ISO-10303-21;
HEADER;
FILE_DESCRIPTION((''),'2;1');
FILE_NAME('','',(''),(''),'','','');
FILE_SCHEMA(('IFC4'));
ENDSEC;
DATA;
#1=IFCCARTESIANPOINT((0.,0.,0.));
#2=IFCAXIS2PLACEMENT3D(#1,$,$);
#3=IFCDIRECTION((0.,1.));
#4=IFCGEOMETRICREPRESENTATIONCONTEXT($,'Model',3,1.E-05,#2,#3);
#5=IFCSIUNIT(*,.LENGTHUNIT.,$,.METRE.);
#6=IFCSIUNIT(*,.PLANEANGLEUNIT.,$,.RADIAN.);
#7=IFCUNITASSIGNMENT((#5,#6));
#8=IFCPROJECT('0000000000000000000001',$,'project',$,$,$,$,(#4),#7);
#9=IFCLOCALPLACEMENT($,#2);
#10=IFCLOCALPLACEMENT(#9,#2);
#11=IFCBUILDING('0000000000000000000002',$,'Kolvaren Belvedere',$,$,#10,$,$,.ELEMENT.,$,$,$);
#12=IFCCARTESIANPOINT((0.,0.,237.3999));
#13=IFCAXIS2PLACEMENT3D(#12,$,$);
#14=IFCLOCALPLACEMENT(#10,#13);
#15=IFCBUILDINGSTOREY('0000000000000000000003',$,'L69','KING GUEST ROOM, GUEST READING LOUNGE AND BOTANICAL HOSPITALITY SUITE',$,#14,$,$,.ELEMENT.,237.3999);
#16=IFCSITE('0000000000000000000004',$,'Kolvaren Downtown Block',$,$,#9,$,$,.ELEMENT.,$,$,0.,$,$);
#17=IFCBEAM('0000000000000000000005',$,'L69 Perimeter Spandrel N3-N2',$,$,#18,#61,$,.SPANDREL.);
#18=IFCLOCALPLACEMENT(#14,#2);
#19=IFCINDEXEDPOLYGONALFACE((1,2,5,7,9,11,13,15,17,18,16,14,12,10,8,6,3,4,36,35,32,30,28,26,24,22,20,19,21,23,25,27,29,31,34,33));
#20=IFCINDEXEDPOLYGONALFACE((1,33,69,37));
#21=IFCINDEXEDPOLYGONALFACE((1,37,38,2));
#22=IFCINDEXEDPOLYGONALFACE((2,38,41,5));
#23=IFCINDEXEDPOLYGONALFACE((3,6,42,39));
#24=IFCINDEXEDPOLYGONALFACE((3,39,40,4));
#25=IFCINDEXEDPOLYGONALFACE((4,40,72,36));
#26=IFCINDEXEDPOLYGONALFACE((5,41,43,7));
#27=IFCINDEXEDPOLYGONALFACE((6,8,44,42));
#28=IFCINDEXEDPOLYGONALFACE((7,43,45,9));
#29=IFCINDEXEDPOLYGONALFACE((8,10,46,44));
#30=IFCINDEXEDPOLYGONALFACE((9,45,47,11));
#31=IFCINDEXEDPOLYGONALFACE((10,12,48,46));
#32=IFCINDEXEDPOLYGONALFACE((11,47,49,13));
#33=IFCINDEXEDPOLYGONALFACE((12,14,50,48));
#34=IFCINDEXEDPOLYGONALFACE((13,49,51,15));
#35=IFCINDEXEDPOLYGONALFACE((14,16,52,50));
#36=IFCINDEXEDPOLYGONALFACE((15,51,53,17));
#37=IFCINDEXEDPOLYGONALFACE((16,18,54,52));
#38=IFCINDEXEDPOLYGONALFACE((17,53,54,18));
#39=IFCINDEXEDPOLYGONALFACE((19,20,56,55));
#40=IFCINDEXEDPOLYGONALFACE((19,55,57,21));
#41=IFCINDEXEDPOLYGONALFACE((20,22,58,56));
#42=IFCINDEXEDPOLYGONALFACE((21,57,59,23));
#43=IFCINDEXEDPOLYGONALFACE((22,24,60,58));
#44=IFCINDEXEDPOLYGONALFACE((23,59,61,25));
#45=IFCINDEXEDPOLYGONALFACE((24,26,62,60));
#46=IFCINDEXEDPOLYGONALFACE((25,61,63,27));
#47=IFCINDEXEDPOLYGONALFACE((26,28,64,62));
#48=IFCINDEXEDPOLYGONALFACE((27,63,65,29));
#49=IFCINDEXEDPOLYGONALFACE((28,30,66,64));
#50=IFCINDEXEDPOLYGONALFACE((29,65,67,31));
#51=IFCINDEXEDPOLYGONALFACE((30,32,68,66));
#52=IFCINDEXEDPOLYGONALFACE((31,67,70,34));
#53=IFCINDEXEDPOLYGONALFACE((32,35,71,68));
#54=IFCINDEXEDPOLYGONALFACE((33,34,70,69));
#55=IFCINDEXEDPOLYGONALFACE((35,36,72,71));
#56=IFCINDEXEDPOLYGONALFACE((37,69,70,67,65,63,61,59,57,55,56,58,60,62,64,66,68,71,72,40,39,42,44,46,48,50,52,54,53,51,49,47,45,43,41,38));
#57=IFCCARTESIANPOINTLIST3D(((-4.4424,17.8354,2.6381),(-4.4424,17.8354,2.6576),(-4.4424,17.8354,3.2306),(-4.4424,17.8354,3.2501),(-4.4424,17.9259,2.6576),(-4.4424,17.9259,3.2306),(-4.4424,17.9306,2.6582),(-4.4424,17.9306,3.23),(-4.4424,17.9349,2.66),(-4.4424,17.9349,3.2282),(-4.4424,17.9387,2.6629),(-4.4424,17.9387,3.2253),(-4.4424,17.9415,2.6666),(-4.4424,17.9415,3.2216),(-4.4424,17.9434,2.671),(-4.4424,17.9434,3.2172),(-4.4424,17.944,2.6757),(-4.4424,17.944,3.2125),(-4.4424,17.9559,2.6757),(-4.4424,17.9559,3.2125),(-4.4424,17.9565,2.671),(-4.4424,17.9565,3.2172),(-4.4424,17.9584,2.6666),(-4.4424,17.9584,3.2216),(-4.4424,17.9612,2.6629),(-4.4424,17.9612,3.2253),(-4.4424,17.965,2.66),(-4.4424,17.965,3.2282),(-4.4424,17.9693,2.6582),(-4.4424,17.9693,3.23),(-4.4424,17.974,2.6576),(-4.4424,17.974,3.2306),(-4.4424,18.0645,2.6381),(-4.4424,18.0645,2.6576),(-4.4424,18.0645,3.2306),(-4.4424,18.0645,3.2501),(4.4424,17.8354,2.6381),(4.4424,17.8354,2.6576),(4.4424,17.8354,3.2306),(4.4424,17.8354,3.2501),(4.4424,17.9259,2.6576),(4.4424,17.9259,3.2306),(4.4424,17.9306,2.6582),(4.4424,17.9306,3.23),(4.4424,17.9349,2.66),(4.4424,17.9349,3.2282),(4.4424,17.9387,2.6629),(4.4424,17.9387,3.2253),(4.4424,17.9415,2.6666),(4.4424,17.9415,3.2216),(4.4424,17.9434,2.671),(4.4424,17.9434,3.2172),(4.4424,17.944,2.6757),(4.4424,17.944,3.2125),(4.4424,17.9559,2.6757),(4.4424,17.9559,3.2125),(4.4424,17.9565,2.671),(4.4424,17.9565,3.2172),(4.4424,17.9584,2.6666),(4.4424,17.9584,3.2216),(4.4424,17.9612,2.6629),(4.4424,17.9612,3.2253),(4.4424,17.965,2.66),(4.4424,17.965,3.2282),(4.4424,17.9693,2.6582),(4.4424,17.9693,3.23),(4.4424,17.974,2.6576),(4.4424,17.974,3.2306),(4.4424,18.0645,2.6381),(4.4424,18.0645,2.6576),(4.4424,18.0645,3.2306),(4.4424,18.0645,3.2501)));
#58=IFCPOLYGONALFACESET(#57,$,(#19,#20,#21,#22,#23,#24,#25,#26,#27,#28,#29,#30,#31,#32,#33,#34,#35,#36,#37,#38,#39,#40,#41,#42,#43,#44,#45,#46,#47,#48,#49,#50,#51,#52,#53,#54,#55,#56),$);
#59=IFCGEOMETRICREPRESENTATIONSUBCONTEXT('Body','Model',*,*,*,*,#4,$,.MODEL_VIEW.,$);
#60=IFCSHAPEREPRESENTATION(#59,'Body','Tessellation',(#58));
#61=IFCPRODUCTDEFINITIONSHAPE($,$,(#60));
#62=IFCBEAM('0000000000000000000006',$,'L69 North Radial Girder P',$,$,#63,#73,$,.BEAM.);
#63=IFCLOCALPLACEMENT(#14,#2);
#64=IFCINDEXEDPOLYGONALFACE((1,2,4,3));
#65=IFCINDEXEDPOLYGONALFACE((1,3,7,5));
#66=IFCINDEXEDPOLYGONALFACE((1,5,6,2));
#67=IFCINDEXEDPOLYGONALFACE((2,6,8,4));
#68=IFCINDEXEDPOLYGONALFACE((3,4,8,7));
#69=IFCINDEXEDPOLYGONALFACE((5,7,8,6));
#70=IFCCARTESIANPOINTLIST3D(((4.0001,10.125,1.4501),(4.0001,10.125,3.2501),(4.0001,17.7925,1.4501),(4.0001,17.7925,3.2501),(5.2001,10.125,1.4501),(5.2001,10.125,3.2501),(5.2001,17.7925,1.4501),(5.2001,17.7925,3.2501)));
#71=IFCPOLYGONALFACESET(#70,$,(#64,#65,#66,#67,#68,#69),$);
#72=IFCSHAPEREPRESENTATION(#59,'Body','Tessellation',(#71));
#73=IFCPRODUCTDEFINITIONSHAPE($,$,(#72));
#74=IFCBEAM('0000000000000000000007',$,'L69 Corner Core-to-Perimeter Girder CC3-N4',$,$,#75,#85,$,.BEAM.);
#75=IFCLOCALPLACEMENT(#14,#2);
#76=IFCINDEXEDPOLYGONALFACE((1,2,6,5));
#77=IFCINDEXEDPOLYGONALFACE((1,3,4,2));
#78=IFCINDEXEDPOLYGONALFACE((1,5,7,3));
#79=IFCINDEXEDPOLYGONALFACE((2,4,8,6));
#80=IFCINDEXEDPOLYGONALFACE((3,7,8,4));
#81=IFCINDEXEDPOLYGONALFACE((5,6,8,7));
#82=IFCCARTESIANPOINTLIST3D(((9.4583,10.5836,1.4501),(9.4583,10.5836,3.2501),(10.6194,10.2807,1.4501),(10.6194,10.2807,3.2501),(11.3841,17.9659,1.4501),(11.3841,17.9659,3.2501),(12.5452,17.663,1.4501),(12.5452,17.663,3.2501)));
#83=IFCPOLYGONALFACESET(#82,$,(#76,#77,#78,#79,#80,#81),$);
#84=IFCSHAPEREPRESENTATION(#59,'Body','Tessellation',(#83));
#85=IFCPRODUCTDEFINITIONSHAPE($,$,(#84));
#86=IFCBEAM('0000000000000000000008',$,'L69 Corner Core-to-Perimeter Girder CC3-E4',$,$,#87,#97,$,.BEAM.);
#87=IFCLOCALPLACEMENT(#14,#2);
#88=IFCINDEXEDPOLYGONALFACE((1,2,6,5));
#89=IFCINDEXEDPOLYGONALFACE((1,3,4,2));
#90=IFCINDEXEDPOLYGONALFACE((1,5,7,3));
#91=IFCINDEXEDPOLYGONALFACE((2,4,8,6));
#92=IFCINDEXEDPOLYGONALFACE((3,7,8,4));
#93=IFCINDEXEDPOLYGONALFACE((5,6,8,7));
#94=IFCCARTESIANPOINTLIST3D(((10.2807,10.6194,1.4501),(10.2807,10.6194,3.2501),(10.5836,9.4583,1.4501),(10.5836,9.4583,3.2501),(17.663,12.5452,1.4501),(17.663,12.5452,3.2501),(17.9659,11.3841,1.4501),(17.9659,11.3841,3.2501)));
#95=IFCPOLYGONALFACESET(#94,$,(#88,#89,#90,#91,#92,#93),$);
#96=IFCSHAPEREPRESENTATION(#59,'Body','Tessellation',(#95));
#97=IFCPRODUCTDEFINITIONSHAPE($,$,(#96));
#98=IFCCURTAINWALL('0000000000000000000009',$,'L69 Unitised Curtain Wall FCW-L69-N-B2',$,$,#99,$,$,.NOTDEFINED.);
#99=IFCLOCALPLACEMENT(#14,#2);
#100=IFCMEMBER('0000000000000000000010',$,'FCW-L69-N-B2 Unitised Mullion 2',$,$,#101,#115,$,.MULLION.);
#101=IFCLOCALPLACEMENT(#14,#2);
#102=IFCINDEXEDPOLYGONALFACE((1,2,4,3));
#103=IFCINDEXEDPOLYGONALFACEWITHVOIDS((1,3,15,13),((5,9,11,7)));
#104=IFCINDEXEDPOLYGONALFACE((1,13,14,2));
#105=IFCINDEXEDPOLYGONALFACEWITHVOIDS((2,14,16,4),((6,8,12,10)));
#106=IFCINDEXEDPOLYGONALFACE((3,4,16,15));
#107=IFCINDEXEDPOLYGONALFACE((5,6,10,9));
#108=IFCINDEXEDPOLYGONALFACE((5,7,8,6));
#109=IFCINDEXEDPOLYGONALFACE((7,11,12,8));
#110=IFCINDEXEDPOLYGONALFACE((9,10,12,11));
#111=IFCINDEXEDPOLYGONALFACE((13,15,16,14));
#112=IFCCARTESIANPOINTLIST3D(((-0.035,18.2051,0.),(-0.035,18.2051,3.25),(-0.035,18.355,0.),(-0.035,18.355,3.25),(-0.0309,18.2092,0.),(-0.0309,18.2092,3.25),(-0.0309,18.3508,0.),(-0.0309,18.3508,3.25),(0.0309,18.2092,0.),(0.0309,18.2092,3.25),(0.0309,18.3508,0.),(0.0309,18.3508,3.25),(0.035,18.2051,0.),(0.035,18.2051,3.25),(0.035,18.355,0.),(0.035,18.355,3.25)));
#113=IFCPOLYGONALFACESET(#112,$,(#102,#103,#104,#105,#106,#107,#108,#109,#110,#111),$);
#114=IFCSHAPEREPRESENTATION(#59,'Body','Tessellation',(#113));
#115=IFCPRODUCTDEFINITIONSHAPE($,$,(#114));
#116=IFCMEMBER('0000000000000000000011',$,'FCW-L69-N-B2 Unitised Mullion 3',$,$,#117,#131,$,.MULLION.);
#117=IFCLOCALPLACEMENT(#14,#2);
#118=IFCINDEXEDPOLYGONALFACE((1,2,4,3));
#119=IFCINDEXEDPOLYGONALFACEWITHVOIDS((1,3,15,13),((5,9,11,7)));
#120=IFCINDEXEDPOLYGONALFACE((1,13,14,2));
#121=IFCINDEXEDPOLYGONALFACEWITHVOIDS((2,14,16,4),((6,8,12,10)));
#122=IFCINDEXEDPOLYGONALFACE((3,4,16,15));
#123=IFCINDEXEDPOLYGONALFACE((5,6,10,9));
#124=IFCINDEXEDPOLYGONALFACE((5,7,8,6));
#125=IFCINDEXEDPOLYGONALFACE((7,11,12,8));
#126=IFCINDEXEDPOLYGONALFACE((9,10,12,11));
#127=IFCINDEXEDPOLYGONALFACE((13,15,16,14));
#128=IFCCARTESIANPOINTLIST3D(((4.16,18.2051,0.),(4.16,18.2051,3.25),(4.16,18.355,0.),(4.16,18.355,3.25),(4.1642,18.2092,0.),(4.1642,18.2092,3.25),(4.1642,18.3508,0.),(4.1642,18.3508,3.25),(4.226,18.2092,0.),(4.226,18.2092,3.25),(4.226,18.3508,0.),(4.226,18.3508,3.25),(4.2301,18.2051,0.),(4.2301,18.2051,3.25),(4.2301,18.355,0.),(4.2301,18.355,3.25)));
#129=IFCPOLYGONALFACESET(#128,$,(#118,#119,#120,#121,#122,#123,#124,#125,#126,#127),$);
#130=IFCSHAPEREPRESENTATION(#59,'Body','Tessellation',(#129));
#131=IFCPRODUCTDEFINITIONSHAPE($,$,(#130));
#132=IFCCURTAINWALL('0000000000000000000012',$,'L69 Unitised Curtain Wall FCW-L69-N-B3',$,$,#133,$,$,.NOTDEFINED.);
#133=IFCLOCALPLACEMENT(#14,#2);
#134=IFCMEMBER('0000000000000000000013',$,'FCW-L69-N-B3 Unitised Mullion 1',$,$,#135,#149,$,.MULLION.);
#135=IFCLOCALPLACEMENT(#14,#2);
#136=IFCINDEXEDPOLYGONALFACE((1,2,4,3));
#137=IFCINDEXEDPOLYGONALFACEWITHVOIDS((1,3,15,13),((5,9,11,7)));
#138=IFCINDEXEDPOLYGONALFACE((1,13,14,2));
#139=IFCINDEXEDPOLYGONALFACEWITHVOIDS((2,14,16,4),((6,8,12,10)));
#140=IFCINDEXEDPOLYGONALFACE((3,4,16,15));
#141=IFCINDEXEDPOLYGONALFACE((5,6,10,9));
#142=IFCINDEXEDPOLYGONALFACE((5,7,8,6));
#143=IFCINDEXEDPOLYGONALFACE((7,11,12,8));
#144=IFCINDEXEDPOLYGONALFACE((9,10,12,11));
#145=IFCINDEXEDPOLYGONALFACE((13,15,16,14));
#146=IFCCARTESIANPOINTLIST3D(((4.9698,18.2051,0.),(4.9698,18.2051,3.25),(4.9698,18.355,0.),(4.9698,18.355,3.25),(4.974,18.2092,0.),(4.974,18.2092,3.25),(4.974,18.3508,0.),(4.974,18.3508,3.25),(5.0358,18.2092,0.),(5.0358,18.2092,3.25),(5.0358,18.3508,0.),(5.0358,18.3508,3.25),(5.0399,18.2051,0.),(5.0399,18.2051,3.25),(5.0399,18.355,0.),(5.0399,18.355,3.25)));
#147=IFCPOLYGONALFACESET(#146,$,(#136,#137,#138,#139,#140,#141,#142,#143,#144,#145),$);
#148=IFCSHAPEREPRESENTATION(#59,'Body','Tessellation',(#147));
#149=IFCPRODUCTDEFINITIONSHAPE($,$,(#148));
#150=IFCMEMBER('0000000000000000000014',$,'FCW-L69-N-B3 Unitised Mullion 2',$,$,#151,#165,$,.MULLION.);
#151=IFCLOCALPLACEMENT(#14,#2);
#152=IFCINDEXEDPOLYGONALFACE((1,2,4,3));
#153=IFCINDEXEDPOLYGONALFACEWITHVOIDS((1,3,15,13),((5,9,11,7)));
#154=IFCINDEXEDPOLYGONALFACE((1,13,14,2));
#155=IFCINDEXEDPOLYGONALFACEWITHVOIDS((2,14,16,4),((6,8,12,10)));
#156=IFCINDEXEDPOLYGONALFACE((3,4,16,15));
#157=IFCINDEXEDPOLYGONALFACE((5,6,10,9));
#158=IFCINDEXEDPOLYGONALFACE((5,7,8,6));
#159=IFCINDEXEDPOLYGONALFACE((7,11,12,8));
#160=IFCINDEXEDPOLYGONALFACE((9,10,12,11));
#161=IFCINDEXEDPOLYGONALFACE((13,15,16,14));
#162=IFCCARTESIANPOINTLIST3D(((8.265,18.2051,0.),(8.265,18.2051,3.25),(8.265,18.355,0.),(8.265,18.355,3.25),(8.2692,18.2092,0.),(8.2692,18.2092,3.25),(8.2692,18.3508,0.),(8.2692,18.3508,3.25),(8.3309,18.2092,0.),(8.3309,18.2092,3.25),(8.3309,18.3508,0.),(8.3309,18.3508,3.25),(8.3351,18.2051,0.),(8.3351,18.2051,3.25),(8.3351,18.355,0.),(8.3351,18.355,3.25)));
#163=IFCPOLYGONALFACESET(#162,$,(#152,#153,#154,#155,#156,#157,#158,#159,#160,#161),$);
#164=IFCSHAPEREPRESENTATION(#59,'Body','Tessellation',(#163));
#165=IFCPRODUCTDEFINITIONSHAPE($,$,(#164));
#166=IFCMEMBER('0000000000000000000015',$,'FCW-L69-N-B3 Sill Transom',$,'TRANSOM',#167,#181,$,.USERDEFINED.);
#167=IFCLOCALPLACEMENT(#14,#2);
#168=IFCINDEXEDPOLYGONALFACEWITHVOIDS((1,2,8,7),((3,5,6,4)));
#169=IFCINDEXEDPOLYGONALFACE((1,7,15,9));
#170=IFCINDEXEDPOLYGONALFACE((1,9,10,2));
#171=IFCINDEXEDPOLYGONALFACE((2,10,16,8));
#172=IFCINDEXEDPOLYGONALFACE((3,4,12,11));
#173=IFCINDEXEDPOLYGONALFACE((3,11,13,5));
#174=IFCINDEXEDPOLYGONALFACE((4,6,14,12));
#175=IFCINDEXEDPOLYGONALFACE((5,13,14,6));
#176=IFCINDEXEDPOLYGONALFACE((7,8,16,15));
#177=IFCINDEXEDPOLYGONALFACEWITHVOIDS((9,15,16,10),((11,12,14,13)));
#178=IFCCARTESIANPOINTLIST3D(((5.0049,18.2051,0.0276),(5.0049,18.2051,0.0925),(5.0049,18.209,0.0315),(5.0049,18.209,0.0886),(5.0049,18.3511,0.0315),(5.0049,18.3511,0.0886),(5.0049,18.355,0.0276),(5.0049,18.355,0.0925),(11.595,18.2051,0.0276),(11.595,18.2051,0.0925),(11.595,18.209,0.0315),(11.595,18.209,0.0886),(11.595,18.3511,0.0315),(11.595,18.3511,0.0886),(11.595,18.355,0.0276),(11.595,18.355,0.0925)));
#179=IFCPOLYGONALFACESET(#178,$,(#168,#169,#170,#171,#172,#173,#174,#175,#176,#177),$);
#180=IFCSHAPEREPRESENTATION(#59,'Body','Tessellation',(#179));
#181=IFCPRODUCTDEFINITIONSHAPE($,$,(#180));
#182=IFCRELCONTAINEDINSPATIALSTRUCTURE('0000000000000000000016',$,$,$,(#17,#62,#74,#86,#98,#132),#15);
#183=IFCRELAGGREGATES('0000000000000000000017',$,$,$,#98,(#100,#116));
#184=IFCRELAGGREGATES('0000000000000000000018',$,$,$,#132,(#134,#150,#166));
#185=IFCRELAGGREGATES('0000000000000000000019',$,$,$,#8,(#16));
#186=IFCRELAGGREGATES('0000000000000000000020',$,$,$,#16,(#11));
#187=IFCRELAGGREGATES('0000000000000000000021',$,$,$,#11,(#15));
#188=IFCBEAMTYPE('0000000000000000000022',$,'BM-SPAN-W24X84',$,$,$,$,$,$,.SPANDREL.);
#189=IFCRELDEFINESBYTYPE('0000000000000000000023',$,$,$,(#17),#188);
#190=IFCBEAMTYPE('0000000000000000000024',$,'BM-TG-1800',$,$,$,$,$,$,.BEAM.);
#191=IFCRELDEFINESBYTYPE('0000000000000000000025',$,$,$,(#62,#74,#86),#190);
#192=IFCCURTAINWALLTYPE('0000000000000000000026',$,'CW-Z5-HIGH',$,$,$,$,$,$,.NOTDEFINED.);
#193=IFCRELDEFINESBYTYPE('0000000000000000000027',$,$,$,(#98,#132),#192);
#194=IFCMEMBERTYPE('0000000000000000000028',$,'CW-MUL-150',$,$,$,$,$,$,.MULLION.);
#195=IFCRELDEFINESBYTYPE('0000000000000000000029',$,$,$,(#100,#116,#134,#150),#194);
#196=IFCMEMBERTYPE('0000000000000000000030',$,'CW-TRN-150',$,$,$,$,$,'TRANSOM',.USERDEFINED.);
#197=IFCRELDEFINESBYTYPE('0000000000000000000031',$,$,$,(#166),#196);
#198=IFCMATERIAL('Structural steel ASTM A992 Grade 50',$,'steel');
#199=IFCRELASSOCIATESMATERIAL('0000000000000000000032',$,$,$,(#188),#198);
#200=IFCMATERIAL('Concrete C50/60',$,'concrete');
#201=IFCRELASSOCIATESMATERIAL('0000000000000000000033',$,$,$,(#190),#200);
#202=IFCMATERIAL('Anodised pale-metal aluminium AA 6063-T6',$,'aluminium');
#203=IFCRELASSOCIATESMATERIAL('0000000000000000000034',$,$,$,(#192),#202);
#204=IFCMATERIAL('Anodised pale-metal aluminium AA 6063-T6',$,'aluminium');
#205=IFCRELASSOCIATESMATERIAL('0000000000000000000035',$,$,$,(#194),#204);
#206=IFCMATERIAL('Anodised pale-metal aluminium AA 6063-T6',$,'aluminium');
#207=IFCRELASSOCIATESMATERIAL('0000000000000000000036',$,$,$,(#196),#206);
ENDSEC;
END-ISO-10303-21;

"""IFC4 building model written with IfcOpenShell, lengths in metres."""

from ifc_helpers import new_model, si_unit, direction, frame, origin, origin_2d, place, context, subcontext, project, spatial, rectangle, hollow_rectangle, i_section, extrude, material, material_profile, profile_set, type_object, element, aggregate, save


model = new_model("IFC4")

# Units and contexts
model_context = context("Model", 3, precision=1e-05, world=origin(), true_north=direction((0.0, 1.0)))
body_context = subcontext(model_context, "Body", "Model", "MODEL_VIEW")
ifc_project = project(units=[si_unit("LENGTHUNIT", "METRE"), si_unit("PLANEANGLEUNIT", "RADIAN")], contexts=[model_context])

# Site, building, storey
site_placement = place(None, origin())
site = spatial("IfcSite", under=ifc_project, at=site_placement, Name="Kolvaren Downtown Block", CompositionType="ELEMENT", RefElevation=0.0)
building_placement = place(site_placement, origin())
building = spatial("IfcBuilding", under=site, at=building_placement, Name="Kolvaren Belvedere", CompositionType="ELEMENT")
storey_placement = place(building_placement, frame((0.0, 0.0, 237.3999)))
storey = spatial("IfcBuildingStorey", under=building, at=storey_placement, Name="L69", Description="KING GUEST ROOM, GUEST READING LOUNGE AND BOTANICAL HOSPITALITY SUITE", CompositionType="ELEMENT", Elevation=237.3999)

# Beams
ifc_material_1 = material(Name="Structural steel ASTM A992 Grade 50", Category="steel")
ifc_material_profile_1 = material_profile(ifc_material_1, i_section(OverallWidth=0.229, OverallDepth=0.6121, WebThickness=0.012, FlangeThickness=0.0195, FilletRadius=0.0181, at=origin_2d()), Name="W24X84")
ifc_profile_set_1 = profile_set([ifc_material_profile_1], Name="Structural steel ASTM A992 Grade 50")
beam_type_1 = type_object("IfcBeamType", Name="BM-SPAN-W24X84", PredefinedType="SPANDREL", material=ifc_profile_set_1)
beam_1_placement = place(storey_placement, frame((4.4424, 17.95, 2.9441), z_axis=(-1.0, 0.0, 0.0), x_axis=(0.0, -1.0, 0.0)))
element("IfcBeam", 1, at=beam_1_placement, inside=storey, type_object=beam_type_1, Name="L69 Perimeter Spandrel N3-N2", PredefinedType="SPANDREL", context=body_context, shape_type="SweptSolid", body=[
    extrude(i_section(OverallWidth=0.229, OverallDepth=0.6121, WebThickness=0.012, FlangeThickness=0.0195, FilletRadius=0.0181, at=origin_2d()), origin(), (0.0, 0.0, 1.0), 8.8848),
])
ifc_material_2 = material(Name="Concrete C50/60", Category="concrete")
ifc_material_profile_2 = material_profile(ifc_material_2, rectangle(XDim=1.2, YDim=1.8, at=origin_2d()), Name="RC 1200X1800")
ifc_profile_set_2 = profile_set([ifc_material_profile_2], Name="Concrete C50/60")
beam_type_2 = type_object("IfcBeamType", Name="BM-TG-1800", PredefinedType="BEAM", material=ifc_profile_set_2)
beam_2_placement = place(storey_placement, frame((4.6001, 10.125, 2.3501), z_axis=(0.0, 1.0, 0.0), x_axis=(-1.0, 0.0, 0.0)))
element("IfcBeam", 2, at=beam_2_placement, inside=storey, type_object=beam_type_2, Name="L69 North Radial Girder P", PredefinedType="BEAM", context=body_context, shape_type="SweptSolid", body=[
    extrude(rectangle(XDim=1.2, YDim=1.8, at=origin_2d()), origin(), (0.0, 0.0, 1.0), 7.6675),
])
for number, where, z_axis, x_axis, name in (
    (3, (10.0388, 10.4321, 2.3501), (0.252417, 0.967619, 0.0), (-0.967619, 0.252417, 0.0), "L69 Corner Core-to-Perimeter Girder CC3-N4"),
    (4, (10.4321, 10.0388, 2.3501), (0.967619, 0.252417, 0.0), (-0.252417, 0.967619, 0.0), "L69 Corner Core-to-Perimeter Girder CC3-E4"),
):
    element("IfcBeam", number, at=place(storey_placement, frame(where, z_axis=z_axis, x_axis=x_axis)), inside=storey, type_object=beam_type_2, Name=name, PredefinedType="BEAM", context=body_context, shape_type="SweptSolid", body=[
        extrude(rectangle(XDim=1.2, YDim=1.8, at=origin_2d()), origin(), (0.0, 0.0, 1.0), 7.6294),
    ])

# Curtain walls, members
ifc_material_3 = material(Name="Anodised pale-metal aluminium AA 6063-T6", Category="aluminium")
curtain_wall_type = type_object("IfcCurtainWallType", Name="CW-Z5-HIGH", PredefinedType="NOTDEFINED", material=ifc_material_3)
curtain_wall_1_placement = place(storey_placement, origin())
curtain_wall_1 = element("IfcCurtainWall", 5, at=curtain_wall_1_placement, inside=storey, type_object=curtain_wall_type, Name="L69 Unitised Curtain Wall FCW-L69-N-B2", PredefinedType="NOTDEFINED")
ifc_material_4 = material(Name="Anodised pale-metal aluminium AA 6063-T6", Category="aluminium")
ifc_material_profile_3 = material_profile(ifc_material_4, hollow_rectangle(XDim=0.0701, YDim=0.1499, WallThickness=0.0042, at=origin_2d()), Name="ALU-MUL-150X70")
ifc_profile_set_3 = profile_set([ifc_material_profile_3], Name="Anodised pale-metal aluminium AA 6063-T6")
member_type_1 = type_object("IfcMemberType", Name="CW-MUL-150", PredefinedType="MULLION", material=ifc_profile_set_3)
member_1_placement = place(storey_placement, frame((0.0, 18.28, 0.0), z_axis=(0.0, 0.0, 1.0), x_axis=(1.0, 0.0, 0.0)))
member_1 = element("IfcMember", 6, at=member_1_placement, type_object=member_type_1, Name="FCW-L69-N-B2 Unitised Mullion 2", PredefinedType="MULLION", context=body_context, shape_type="SweptSolid", body=[
    extrude(hollow_rectangle(XDim=0.0701, YDim=0.1499, WallThickness=0.0042, at=origin_2d()), origin(), (0.0, 0.0, 1.0), 3.25),
])
member_2_placement = place(storey_placement, frame((4.1951, 18.28, 0.0), z_axis=(0.0, 0.0, 1.0), x_axis=(1.0, 0.0, 0.0)))
member_2 = element("IfcMember", 7, at=member_2_placement, type_object=member_type_1, Name="FCW-L69-N-B2 Unitised Mullion 3", PredefinedType="MULLION", context=body_context, shape_type="SweptSolid", body=[
    extrude(hollow_rectangle(XDim=0.0701, YDim=0.1499, WallThickness=0.0042, at=origin_2d()), origin(), (0.0, 0.0, 1.0), 3.25),
])
curtain_wall_2_placement = place(storey_placement, origin())
curtain_wall_2 = element("IfcCurtainWall", 8, at=curtain_wall_2_placement, inside=storey, type_object=curtain_wall_type, Name="L69 Unitised Curtain Wall FCW-L69-N-B3", PredefinedType="NOTDEFINED")
member_3_placement = place(storey_placement, frame((5.0049, 18.28, 0.0), z_axis=(0.0, 0.0, 1.0), x_axis=(1.0, 0.0, 0.0)))
member_3 = element("IfcMember", 9, at=member_3_placement, type_object=member_type_1, Name="FCW-L69-N-B3 Unitised Mullion 1", PredefinedType="MULLION", context=body_context, shape_type="SweptSolid", body=[
    extrude(hollow_rectangle(XDim=0.0701, YDim=0.1499, WallThickness=0.0042, at=origin_2d()), origin(), (0.0, 0.0, 1.0), 3.25),
])
member_4_placement = place(storey_placement, frame((8.3, 18.28, 0.0), z_axis=(0.0, 0.0, 1.0), x_axis=(1.0, 0.0, 0.0)))
member_4 = element("IfcMember", 10, at=member_4_placement, type_object=member_type_1, Name="FCW-L69-N-B3 Unitised Mullion 2", PredefinedType="MULLION", context=body_context, shape_type="SweptSolid", body=[
    extrude(hollow_rectangle(XDim=0.0701, YDim=0.1499, WallThickness=0.0042, at=origin_2d()), origin(), (0.0, 0.0, 1.0), 3.25),
])
ifc_material_5 = material(Name="Anodised pale-metal aluminium AA 6063-T6", Category="aluminium")
ifc_material_profile_4 = material_profile(ifc_material_5, hollow_rectangle(XDim=0.0649, YDim=0.1499, WallThickness=0.0039, at=origin_2d()), Name="ALU-TRN-150X65")
ifc_profile_set_4 = profile_set([ifc_material_profile_4], Name="Anodised pale-metal aluminium AA 6063-T6")
member_type_2 = type_object("IfcMemberType", Name="CW-TRN-150", ElementType="TRANSOM", PredefinedType="USERDEFINED", material=ifc_profile_set_4)
member_5_placement = place(storey_placement, frame((5.0049, 18.28, 0.0601), z_axis=(1.0, 0.0, 0.0), x_axis=(0.0, 0.0, 1.0)))
member_5 = element("IfcMember", 11, at=member_5_placement, type_object=member_type_2, Name="FCW-L69-N-B3 Sill Transom", ObjectType="TRANSOM", PredefinedType="USERDEFINED", context=body_context, shape_type="SweptSolid", body=[
    extrude(hollow_rectangle(XDim=0.0649, YDim=0.1499, WallThickness=0.0039, at=origin_2d()), origin(), (0.0, 0.0, 1.0), 6.5901),
])

aggregate(curtain_wall_1, [member_1, member_2])
aggregate(curtain_wall_2, [member_3, member_4, member_5])

save(model, "model.ifc")
